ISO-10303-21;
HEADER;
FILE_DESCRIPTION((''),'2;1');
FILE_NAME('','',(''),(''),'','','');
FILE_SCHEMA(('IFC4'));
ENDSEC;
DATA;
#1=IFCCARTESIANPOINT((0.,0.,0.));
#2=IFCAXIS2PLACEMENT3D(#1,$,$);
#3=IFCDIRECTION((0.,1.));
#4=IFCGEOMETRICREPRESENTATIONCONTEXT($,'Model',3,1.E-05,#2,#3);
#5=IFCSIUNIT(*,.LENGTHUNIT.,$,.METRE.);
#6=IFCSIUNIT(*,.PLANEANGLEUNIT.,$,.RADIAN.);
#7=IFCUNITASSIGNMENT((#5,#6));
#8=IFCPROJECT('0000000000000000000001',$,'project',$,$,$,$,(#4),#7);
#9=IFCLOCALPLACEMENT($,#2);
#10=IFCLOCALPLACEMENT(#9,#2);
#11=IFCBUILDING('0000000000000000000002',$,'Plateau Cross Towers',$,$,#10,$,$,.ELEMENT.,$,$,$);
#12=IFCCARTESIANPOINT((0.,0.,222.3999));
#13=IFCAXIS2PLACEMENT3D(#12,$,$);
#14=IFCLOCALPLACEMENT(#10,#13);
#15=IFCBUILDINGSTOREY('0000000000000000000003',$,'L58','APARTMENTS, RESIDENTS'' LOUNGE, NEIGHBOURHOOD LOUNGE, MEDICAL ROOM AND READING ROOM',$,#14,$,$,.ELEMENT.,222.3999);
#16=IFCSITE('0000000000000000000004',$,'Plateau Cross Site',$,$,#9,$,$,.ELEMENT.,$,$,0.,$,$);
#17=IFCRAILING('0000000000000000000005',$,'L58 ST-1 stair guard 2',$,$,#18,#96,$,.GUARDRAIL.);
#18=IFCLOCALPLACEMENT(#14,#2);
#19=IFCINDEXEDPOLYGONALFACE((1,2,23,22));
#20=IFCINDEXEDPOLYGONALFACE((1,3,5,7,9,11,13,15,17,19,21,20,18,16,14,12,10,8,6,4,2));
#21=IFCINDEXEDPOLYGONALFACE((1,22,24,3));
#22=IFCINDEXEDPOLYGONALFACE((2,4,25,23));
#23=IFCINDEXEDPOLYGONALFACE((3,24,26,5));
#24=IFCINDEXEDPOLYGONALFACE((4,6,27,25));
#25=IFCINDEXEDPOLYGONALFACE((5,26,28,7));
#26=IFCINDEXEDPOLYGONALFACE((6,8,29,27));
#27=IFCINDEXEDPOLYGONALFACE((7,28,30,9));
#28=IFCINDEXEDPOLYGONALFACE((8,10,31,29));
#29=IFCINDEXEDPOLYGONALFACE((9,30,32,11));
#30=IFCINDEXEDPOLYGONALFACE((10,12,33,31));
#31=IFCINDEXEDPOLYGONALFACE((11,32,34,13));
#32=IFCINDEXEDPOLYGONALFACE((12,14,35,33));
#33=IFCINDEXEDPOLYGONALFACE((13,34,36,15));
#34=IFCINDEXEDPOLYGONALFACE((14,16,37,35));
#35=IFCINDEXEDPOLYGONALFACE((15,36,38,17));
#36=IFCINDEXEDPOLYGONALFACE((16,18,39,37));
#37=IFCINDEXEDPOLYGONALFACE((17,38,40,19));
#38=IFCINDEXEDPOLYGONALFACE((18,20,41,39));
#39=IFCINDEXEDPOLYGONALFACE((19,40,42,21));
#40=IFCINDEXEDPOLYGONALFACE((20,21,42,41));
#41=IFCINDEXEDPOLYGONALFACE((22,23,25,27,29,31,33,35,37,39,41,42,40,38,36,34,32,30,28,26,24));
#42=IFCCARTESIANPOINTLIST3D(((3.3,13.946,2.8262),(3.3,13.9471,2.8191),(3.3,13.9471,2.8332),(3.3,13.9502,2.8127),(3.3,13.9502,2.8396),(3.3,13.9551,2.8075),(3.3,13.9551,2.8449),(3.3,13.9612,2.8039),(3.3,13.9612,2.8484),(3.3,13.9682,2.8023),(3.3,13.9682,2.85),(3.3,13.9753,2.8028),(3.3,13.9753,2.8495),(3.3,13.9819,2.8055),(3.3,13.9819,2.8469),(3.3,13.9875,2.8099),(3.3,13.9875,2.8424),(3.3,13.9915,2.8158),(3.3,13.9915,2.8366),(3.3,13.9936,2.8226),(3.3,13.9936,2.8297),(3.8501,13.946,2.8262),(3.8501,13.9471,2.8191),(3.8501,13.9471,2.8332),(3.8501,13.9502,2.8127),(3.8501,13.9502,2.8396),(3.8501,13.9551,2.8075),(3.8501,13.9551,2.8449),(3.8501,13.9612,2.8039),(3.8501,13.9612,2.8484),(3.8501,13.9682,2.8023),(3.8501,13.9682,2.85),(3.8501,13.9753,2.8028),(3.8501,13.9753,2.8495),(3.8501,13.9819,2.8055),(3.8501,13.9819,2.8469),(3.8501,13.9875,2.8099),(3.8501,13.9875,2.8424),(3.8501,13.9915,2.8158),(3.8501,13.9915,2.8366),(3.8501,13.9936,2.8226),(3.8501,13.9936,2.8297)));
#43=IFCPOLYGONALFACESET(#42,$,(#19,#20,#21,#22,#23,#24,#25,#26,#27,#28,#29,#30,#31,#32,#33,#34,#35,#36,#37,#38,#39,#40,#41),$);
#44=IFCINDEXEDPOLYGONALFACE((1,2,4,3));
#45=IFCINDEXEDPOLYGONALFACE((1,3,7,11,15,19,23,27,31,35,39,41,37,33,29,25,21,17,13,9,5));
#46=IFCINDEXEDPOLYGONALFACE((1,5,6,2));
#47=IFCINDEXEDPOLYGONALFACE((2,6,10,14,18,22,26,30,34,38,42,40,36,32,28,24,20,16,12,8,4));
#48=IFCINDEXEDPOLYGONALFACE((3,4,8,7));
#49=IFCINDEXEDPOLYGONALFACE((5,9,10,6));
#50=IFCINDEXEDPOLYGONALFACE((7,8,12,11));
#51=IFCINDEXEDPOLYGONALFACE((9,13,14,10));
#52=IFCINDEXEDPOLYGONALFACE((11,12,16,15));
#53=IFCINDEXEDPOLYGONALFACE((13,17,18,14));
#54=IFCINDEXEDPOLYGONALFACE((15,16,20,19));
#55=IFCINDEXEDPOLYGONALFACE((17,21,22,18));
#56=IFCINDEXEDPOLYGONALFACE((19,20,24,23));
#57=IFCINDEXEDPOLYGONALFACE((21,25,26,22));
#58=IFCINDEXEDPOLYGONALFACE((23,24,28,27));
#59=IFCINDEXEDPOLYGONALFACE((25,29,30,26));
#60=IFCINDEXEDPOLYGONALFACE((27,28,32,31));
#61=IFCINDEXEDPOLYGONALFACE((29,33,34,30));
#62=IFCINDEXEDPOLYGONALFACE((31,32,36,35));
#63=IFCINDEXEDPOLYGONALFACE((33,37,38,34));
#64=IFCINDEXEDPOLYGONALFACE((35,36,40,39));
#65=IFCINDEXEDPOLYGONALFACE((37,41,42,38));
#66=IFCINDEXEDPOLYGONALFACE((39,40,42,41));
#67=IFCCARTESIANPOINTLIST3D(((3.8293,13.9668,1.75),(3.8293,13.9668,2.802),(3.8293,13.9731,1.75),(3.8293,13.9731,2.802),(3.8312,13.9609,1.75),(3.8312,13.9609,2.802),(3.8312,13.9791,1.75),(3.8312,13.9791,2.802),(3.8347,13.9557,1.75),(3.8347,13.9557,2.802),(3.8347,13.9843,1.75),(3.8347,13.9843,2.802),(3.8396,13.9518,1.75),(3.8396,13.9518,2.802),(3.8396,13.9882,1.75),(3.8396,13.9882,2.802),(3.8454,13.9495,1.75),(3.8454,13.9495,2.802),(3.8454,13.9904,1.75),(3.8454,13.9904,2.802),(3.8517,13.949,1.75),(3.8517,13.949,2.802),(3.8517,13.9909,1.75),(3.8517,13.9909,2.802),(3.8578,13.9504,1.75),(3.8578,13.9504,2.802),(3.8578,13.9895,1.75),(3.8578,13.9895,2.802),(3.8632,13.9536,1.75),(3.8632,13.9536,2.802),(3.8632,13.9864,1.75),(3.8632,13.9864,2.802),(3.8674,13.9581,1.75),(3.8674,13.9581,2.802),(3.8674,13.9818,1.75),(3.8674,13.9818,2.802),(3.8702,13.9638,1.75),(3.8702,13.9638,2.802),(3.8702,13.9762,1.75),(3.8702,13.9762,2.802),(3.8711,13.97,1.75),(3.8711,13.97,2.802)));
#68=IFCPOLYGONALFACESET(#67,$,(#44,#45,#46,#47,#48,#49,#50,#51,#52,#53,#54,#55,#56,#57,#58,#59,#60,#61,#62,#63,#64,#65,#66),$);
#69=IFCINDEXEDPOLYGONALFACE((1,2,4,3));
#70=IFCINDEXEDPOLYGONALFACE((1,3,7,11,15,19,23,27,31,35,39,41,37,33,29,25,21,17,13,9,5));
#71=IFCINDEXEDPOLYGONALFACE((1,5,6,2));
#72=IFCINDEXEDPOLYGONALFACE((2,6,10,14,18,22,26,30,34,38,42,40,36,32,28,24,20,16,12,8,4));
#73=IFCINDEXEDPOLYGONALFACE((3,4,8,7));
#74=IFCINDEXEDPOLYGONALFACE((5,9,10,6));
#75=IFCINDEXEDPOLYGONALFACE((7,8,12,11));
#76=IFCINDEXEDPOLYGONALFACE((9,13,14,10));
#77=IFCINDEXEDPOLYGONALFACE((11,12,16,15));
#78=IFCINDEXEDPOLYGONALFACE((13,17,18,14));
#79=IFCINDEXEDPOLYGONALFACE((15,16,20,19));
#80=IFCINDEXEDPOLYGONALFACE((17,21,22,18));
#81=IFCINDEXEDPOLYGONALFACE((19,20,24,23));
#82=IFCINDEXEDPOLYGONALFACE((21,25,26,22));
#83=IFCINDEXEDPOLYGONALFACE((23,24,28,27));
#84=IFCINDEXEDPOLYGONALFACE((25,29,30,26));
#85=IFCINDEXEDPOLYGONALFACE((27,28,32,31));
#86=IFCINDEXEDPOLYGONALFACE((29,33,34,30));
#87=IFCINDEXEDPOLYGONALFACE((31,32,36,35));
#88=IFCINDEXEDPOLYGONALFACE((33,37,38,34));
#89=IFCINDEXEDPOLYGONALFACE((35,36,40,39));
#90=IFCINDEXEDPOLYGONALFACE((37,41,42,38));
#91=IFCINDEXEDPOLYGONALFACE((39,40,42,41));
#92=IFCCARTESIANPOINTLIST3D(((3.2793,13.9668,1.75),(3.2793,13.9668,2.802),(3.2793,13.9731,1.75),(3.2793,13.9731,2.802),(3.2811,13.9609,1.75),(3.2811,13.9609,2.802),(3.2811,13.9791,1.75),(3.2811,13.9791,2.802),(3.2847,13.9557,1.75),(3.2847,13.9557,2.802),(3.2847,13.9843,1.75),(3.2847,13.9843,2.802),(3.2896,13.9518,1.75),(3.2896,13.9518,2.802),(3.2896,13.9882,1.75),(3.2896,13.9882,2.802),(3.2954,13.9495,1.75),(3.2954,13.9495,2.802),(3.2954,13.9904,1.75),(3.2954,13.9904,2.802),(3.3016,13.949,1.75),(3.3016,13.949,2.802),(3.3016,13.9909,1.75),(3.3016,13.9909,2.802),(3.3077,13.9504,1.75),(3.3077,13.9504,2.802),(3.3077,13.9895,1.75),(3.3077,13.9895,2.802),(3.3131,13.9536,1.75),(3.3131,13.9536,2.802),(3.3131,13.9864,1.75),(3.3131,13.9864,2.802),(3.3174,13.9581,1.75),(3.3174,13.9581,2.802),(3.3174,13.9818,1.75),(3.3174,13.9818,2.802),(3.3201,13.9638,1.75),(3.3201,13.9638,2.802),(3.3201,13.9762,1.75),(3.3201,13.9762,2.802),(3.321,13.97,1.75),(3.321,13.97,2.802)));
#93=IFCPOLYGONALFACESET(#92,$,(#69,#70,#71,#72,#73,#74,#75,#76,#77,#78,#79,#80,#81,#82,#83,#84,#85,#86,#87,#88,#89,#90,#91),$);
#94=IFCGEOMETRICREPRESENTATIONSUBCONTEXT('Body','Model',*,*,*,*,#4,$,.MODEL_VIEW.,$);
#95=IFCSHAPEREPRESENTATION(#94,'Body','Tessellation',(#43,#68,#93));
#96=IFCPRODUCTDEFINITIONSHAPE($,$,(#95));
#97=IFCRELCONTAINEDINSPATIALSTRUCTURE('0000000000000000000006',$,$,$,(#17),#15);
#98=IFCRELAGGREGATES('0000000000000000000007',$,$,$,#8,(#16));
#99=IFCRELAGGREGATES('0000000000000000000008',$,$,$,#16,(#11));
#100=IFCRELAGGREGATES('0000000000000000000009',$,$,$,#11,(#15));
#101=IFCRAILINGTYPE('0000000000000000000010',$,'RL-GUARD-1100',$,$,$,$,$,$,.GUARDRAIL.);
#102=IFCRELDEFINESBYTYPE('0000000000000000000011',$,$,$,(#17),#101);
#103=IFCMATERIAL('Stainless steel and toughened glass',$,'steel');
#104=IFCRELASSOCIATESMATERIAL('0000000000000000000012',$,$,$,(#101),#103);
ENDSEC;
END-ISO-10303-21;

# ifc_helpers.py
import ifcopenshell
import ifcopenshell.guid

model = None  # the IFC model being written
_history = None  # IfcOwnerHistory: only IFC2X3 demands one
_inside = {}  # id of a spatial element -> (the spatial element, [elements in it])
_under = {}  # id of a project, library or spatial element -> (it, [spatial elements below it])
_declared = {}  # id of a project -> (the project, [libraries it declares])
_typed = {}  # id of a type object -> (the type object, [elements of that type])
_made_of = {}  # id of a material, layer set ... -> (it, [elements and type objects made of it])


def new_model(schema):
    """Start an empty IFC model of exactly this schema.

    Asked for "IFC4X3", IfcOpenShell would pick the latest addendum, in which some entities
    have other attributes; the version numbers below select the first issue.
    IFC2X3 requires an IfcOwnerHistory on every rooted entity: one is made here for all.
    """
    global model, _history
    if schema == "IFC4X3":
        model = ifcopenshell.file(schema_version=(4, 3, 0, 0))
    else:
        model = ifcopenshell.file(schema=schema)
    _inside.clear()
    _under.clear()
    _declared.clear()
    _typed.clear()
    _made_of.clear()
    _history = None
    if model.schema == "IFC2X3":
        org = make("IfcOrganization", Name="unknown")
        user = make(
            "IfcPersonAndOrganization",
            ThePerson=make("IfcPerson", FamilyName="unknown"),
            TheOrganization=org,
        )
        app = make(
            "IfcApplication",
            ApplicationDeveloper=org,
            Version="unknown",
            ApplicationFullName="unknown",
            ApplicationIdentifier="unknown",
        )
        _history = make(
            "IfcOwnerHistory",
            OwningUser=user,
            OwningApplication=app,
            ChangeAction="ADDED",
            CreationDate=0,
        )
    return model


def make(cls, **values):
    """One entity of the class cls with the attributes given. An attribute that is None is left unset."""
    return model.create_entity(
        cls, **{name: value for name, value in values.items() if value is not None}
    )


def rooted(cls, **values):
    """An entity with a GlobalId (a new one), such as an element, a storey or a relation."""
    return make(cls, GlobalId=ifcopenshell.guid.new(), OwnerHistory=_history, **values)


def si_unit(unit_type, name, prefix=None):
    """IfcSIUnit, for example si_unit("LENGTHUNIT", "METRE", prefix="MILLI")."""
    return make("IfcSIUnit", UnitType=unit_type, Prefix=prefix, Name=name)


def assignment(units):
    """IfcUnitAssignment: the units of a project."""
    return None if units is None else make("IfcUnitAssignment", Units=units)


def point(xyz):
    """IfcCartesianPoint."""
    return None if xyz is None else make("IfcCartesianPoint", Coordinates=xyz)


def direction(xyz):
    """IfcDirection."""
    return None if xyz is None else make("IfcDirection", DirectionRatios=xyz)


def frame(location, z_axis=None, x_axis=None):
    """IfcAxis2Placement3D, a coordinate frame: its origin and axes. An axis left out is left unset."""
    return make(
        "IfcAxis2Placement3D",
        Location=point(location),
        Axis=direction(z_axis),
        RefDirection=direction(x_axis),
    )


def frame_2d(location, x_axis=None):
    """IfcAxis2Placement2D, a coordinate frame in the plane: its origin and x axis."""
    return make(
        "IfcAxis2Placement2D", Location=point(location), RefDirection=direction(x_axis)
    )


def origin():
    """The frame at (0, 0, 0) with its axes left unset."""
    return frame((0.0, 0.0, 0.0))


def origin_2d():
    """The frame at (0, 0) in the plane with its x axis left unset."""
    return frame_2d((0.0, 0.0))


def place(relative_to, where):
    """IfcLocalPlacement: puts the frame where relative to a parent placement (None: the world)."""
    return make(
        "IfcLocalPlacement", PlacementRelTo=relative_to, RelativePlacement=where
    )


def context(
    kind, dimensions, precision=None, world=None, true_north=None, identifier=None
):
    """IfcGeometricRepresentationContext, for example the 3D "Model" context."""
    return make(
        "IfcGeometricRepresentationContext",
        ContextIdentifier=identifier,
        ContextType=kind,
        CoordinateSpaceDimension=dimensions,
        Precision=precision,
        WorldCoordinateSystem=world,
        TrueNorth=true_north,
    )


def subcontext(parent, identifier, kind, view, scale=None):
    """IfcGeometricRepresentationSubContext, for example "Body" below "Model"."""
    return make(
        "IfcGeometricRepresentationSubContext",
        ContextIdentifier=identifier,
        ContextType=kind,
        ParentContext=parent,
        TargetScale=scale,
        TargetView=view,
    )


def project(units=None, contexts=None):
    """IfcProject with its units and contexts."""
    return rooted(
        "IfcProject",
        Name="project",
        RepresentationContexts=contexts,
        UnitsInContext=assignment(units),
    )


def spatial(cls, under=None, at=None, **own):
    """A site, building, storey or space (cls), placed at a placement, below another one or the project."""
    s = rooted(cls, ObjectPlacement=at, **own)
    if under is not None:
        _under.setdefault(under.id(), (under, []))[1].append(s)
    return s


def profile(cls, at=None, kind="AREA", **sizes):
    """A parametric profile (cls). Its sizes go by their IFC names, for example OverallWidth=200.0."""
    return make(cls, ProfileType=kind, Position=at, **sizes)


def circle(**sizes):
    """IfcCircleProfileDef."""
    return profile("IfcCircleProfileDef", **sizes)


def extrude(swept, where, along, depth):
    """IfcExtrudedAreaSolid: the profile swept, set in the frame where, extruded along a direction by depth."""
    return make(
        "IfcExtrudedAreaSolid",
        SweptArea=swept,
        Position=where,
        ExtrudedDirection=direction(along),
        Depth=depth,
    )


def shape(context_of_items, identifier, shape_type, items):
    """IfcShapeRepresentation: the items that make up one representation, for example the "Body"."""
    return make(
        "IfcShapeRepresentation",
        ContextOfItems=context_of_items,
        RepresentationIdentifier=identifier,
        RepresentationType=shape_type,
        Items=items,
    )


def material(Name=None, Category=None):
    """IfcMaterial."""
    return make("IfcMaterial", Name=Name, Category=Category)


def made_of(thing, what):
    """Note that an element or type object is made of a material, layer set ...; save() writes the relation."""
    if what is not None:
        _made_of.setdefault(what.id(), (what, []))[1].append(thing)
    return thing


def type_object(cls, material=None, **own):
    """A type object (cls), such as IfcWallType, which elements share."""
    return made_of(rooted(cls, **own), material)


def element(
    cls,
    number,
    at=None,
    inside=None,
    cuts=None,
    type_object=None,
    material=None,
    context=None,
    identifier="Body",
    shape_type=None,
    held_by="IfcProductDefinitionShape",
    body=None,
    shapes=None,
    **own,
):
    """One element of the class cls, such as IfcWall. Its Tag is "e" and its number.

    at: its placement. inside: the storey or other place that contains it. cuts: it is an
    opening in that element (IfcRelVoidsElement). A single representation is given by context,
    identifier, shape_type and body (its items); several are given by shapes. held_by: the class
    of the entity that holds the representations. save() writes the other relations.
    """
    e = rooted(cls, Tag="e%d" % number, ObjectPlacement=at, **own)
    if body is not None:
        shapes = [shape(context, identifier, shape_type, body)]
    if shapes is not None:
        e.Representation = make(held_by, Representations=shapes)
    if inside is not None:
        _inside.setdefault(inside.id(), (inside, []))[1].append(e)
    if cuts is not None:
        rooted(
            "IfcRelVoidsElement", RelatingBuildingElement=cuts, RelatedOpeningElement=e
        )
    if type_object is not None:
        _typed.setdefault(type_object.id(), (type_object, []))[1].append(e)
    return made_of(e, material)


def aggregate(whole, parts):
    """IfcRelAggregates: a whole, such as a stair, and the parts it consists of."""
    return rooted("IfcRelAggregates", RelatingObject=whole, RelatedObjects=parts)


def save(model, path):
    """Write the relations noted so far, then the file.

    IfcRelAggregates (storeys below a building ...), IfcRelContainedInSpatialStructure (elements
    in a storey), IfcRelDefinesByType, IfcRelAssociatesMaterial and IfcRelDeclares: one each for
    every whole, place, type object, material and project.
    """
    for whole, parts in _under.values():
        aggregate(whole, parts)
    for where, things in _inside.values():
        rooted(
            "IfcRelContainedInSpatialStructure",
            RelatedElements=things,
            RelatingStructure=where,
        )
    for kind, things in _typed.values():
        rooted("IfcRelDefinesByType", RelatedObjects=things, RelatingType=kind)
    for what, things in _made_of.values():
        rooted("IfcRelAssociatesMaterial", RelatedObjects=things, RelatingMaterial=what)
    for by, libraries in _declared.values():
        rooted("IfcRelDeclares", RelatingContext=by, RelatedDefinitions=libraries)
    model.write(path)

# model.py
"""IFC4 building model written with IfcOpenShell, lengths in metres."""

from ifc_helpers import new_model, si_unit, direction, frame, origin, origin_2d, place, context, subcontext, project, spatial, circle, extrude, material, type_object, element, save


model = new_model("IFC4")

# Units and contexts
model_context = context("Model", 3, precision=1e-05, world=origin(), true_north=direction((0.0, 1.0)))
body_context = subcontext(model_context, "Body", "Model", "MODEL_VIEW")
ifc_project = project(units=[si_unit("LENGTHUNIT", "METRE"), si_unit("PLANEANGLEUNIT", "RADIAN")], contexts=[model_context])

# Site, building, storey
site_placement = place(None, origin())
site = spatial("IfcSite", under=ifc_project, at=site_placement, Name="Plateau Cross Site", CompositionType="ELEMENT", RefElevation=0.0)
building_placement = place(site_placement, origin())
building = spatial("IfcBuilding", under=site, at=building_placement, Name="Plateau Cross Towers", CompositionType="ELEMENT")
storey_placement = place(building_placement, frame((0.0, 0.0, 222.3999)))
storey = spatial("IfcBuildingStorey", under=building, at=storey_placement, Name="L58", Description="APARTMENTS, RESIDENTS' LOUNGE, NEIGHBOURHOOD LOUNGE, MEDICAL ROOM AND READING ROOM", CompositionType="ELEMENT", Elevation=222.3999)

# Railing
ifc_material_1 = material(Name="Stainless steel and toughened glass", Category="steel")
railing_type_1 = type_object("IfcRailingType", Name="RL-GUARD-1100", PredefinedType="GUARDRAIL", material=ifc_material_1)
railing_1_placement = place(storey_placement, frame((3.8501, 13.97, 1.75)))
element("IfcRailing", 1, at=railing_1_placement, inside=storey, type_object=railing_type_1, Name="L58 ST-1 stair guard 2", PredefinedType="GUARDRAIL", context=body_context, shape_type="SweptSolid", body=[
    extrude(circle(Radius=0.0239, at=origin_2d()), frame((0.0, 0.0, 1.0762), z_axis=(-1.0, 0.0, 0.0), x_axis=(0.0, -1.0, 0.0)), (0.0, 0.0, 1.0), 0.55),
    extrude(circle(Radius=0.021, at=origin_2d()), origin(), (0.0, 0.0, 1.0), 1.052),
    extrude(circle(Radius=0.021, at=origin_2d()), frame((-0.55, 0.0, 0.0)), (0.0, 0.0, 1.0), 1.052),
])

save(model, "model.ifc")
